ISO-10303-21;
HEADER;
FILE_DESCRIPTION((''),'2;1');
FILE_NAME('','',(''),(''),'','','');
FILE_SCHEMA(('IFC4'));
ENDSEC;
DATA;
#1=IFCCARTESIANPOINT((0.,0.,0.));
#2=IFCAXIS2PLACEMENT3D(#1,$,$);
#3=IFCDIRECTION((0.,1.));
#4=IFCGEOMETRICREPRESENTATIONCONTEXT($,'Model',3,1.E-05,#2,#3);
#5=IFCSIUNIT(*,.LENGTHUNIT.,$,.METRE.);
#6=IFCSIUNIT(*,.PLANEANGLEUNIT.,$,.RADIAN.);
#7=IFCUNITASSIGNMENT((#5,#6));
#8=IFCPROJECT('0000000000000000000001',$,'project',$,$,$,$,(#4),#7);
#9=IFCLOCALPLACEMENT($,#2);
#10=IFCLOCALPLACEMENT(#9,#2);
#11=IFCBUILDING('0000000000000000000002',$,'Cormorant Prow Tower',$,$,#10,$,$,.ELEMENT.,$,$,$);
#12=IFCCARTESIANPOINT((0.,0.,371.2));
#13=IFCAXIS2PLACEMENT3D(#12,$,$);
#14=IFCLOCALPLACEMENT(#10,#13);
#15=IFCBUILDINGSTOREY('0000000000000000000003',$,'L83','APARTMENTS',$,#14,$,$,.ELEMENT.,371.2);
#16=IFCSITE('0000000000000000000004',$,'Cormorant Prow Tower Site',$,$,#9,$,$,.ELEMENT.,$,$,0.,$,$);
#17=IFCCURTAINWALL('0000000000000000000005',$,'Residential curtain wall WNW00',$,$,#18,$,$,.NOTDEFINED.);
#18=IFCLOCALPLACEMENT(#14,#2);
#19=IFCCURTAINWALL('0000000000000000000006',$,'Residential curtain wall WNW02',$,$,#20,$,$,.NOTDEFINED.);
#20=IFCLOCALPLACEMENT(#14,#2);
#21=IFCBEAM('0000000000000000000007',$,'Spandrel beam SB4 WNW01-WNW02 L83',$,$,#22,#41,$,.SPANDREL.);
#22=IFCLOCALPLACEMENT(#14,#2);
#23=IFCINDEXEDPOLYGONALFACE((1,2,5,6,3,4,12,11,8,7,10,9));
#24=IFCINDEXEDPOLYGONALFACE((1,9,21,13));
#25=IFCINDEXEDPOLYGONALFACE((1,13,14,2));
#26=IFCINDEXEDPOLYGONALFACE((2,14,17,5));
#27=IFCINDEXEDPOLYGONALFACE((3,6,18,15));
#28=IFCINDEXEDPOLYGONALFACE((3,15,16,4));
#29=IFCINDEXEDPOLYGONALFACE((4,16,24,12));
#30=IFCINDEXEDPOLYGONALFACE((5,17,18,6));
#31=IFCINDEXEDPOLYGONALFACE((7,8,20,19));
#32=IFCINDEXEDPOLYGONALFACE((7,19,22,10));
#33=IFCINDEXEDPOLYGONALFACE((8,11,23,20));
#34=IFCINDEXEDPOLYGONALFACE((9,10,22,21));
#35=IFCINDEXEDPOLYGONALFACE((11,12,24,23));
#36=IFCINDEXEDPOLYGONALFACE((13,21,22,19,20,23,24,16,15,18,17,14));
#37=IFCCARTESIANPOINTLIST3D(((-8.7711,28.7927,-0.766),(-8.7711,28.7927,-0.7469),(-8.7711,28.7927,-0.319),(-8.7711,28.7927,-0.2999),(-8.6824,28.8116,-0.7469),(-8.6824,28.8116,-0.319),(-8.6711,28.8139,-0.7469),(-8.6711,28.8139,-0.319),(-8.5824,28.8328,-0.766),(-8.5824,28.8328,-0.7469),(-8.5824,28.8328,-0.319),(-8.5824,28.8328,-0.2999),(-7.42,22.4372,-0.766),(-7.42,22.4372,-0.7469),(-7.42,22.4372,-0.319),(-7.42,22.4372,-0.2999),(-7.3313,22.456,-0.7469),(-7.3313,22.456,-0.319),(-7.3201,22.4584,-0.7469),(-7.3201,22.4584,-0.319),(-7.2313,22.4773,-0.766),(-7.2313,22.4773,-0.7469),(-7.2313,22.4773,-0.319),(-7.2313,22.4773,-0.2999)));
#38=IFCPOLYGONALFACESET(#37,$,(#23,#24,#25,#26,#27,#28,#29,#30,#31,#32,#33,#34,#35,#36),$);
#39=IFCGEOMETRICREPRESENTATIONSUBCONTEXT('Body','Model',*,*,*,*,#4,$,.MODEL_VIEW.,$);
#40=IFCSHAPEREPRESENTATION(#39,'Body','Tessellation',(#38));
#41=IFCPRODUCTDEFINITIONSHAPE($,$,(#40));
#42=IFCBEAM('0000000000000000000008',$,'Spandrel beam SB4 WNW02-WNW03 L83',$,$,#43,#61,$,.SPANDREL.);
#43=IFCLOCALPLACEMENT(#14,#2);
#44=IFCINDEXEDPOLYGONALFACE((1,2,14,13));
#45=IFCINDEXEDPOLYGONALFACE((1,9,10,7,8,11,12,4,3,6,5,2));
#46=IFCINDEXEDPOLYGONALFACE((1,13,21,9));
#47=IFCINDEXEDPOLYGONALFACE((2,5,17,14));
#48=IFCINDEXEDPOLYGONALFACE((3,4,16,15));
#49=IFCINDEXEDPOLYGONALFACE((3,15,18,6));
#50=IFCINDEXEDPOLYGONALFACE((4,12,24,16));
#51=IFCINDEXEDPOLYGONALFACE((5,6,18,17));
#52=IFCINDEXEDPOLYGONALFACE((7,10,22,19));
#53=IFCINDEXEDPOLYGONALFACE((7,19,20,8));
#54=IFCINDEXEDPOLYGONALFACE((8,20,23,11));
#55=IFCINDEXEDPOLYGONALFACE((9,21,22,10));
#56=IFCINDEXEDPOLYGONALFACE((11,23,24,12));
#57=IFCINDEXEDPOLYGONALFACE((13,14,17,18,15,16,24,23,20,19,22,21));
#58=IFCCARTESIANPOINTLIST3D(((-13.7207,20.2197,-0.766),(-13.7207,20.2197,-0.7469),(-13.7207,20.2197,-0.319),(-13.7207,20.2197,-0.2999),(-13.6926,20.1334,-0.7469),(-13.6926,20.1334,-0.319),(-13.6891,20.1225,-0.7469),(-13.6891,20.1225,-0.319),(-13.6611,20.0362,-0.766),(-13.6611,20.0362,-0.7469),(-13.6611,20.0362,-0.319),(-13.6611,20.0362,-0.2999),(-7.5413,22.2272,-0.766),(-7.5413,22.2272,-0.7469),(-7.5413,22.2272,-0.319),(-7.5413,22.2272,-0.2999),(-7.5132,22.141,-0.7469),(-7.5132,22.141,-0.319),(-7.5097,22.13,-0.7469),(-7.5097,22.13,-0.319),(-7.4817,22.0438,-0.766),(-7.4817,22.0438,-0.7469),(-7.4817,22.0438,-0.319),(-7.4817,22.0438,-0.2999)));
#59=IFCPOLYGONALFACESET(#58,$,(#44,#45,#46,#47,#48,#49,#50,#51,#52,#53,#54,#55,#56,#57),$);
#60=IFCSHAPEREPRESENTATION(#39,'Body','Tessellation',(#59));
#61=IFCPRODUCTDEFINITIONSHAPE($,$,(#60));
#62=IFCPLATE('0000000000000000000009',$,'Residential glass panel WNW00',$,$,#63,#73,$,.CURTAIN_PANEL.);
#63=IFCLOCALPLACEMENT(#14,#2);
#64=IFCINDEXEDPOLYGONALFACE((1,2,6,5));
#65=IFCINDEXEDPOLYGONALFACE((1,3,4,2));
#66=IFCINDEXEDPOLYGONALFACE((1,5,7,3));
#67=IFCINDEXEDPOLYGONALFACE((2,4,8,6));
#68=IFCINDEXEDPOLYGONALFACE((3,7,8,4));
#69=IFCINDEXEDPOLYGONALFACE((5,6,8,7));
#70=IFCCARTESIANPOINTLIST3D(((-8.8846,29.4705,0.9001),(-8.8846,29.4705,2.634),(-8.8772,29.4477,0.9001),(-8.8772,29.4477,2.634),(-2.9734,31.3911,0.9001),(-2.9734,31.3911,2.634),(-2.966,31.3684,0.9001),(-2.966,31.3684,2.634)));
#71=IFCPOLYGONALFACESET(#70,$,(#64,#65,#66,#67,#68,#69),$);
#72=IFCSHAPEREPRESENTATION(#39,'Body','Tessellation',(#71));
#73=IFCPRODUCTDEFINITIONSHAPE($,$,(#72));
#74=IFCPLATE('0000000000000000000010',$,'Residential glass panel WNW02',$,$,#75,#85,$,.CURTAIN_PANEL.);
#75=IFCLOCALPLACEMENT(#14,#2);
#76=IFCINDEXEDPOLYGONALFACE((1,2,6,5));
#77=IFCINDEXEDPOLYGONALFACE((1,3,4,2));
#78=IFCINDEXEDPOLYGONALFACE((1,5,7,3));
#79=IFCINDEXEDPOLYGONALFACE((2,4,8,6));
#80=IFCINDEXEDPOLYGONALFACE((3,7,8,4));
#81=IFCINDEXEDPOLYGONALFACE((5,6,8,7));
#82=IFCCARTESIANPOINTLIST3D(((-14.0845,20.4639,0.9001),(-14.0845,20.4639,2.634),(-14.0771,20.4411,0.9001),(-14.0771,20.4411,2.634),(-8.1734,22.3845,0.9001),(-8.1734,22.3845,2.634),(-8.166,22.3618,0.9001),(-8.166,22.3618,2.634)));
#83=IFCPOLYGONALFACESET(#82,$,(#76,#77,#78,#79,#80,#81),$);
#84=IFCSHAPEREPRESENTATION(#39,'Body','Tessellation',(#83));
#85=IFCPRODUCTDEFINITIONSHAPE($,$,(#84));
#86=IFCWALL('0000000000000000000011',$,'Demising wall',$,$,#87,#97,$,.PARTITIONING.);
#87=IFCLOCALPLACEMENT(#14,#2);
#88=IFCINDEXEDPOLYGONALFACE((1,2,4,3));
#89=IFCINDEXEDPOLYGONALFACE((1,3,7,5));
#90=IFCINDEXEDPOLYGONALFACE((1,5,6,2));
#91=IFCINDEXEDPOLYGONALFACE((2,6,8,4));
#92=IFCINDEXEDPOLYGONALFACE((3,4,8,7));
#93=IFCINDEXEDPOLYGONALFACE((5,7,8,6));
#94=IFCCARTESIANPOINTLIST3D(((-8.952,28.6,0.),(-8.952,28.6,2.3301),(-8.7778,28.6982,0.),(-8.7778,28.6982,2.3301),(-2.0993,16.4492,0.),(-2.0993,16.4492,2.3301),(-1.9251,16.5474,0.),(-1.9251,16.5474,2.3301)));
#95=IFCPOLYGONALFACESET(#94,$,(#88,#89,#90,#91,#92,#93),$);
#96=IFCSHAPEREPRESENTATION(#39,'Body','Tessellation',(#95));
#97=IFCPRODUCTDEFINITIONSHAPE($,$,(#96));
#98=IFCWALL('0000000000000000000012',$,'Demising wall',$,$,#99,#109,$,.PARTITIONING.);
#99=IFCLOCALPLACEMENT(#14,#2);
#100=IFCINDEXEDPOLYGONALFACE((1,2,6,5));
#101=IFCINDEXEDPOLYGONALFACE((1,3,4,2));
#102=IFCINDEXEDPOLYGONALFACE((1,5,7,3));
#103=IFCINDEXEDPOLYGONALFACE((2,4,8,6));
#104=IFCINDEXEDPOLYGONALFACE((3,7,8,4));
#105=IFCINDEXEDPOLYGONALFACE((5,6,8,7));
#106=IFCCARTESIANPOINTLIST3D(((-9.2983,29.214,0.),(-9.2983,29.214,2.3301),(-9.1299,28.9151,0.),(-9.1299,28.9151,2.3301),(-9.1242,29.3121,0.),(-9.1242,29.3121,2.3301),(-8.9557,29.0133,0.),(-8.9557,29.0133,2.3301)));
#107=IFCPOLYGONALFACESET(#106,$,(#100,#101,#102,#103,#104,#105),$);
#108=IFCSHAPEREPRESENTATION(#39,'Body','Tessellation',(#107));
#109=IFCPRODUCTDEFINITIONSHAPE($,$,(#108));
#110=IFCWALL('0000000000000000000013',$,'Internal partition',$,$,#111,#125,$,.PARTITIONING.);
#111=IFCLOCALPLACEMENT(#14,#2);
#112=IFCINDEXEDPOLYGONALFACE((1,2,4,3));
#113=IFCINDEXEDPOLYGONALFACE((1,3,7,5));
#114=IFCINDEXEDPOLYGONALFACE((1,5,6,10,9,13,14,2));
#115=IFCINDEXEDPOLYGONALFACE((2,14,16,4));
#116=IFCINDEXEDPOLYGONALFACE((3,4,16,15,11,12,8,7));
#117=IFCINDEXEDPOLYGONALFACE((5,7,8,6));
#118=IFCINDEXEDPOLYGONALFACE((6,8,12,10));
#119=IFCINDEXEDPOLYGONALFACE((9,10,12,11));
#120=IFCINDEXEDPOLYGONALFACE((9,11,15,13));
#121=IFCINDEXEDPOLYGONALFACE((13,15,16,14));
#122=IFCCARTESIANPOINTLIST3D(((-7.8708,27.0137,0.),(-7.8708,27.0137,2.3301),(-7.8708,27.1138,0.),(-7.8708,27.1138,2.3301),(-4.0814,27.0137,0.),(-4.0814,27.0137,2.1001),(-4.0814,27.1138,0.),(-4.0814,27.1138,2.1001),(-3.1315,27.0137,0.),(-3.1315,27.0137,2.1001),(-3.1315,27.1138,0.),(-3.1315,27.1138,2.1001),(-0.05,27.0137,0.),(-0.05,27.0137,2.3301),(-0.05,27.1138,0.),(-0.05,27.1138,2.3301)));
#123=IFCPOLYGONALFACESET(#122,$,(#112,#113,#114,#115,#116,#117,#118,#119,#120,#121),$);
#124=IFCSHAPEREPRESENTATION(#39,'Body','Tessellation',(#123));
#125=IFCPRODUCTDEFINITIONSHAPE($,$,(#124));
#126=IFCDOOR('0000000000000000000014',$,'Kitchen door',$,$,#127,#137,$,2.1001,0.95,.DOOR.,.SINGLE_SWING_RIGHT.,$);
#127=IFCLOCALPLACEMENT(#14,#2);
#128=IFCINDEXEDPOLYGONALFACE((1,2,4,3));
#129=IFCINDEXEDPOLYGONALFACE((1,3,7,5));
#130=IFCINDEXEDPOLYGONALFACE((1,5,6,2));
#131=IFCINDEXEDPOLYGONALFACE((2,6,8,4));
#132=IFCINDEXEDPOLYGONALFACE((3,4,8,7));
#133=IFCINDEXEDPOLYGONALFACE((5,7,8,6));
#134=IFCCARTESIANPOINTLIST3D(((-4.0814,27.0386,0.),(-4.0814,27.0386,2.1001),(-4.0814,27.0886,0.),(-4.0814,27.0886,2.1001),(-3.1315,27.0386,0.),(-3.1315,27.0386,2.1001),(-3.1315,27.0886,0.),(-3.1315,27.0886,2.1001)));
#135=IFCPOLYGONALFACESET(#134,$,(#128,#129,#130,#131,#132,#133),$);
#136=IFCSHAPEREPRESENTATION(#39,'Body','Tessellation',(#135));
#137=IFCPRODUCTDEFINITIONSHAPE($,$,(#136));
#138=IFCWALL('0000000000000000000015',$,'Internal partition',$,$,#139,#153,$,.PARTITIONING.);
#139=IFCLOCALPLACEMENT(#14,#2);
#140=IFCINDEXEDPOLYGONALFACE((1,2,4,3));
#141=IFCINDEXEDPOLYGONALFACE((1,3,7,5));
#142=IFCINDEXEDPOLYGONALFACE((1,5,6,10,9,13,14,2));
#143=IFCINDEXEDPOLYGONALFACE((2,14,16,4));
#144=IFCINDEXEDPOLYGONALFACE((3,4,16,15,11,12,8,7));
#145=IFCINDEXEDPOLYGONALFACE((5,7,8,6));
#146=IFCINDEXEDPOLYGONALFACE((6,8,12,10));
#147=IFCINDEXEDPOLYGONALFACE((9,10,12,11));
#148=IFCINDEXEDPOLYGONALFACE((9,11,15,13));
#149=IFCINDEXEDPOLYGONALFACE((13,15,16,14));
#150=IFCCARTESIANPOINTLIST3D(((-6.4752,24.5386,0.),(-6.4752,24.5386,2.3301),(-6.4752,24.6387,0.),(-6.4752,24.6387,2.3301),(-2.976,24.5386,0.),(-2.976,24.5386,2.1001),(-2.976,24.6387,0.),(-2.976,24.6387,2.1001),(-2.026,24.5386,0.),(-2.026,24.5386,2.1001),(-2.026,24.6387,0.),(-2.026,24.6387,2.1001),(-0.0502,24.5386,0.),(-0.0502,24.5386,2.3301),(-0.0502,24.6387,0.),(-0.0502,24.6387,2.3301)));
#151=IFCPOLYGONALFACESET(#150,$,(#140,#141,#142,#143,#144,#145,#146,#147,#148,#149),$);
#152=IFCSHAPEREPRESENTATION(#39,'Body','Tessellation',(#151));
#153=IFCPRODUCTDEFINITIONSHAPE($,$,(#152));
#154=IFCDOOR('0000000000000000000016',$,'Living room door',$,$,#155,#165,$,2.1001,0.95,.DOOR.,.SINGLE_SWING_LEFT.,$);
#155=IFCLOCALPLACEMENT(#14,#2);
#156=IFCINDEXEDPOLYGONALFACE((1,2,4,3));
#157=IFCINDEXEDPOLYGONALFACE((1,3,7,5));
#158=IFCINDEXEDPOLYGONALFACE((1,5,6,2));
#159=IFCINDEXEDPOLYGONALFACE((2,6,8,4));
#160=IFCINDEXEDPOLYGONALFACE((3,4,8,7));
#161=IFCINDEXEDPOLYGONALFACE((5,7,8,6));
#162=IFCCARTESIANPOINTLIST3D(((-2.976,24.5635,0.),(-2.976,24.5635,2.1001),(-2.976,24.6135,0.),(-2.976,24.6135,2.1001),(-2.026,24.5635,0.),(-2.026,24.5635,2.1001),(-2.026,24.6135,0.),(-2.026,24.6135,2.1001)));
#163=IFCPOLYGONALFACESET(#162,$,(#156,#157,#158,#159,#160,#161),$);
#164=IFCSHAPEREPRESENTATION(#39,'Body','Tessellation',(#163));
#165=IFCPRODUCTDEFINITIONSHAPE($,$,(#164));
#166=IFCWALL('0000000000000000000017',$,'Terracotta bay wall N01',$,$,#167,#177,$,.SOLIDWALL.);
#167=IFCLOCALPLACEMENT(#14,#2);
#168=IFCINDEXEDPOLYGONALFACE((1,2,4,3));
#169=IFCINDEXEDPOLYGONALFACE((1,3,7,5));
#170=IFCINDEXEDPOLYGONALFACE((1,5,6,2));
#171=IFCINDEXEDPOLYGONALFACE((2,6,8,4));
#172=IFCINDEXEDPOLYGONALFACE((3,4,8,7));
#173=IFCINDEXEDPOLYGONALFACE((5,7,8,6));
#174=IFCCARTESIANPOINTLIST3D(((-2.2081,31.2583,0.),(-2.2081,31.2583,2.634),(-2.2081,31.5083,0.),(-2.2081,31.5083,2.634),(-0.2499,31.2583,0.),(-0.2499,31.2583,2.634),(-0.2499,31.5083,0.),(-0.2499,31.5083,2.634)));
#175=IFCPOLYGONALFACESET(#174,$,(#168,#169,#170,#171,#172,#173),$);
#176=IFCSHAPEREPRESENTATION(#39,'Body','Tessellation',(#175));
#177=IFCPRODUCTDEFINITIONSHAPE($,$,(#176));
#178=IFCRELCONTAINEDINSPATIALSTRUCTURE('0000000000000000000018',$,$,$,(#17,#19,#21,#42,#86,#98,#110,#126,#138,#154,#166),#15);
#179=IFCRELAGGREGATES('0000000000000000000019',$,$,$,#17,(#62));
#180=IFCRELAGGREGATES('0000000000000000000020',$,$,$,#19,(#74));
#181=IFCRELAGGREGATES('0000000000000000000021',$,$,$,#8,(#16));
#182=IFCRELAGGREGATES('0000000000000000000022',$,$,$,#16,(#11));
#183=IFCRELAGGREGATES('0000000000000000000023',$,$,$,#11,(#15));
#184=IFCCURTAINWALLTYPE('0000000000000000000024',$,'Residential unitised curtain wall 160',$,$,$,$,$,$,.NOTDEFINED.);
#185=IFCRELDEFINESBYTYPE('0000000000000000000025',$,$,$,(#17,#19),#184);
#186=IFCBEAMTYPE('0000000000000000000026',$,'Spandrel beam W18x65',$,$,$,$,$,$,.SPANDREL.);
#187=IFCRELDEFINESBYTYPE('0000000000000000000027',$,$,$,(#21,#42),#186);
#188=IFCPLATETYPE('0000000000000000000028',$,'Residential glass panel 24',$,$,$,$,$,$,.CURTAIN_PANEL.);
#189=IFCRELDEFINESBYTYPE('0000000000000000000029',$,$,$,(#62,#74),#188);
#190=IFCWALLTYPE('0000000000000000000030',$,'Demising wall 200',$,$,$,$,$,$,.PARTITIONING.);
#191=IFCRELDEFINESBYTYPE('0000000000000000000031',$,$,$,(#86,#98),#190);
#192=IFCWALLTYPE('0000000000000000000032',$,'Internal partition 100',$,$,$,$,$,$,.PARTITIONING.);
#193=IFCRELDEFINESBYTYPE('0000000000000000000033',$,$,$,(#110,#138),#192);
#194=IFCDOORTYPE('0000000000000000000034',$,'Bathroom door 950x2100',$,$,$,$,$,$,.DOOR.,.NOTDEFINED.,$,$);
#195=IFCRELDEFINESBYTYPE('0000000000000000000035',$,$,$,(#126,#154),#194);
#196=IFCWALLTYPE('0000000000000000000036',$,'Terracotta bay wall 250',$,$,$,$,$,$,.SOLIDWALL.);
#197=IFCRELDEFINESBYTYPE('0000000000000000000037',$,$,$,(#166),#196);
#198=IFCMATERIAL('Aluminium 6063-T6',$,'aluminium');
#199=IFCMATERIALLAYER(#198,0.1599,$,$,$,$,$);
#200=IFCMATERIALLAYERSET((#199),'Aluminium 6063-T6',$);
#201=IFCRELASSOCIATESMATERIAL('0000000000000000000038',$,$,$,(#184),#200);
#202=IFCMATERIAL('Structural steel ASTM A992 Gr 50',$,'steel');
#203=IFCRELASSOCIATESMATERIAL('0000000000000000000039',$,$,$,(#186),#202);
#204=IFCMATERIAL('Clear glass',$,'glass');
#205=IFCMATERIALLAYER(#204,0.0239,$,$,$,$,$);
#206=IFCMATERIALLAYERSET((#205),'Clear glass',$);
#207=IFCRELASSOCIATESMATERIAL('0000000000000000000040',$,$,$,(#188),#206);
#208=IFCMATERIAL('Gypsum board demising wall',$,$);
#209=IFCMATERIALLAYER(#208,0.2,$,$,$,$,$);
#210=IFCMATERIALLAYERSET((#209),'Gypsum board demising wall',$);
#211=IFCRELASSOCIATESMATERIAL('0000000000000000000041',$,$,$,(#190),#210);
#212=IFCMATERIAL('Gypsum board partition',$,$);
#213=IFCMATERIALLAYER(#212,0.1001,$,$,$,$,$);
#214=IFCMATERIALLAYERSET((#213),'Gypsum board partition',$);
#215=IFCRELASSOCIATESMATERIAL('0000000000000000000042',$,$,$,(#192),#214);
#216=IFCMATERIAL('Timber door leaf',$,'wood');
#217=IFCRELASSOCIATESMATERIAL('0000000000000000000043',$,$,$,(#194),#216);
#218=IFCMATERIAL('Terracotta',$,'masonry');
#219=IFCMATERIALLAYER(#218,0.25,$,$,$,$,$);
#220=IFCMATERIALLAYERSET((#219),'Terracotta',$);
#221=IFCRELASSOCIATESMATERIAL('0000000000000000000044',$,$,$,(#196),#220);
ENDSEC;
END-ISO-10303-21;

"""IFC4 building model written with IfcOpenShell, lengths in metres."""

from ifc_helpers import new_model, si_unit, direction, frame, frame_2d, origin, origin_2d, place, context, subcontext, project, spatial, rectangle, i_section, extrude, material, layer, layer_set, material_profile, profile_set, type_object, element, fill, aggregate, save


model = new_model("IFC4")

# Units and contexts
model_context = context("Model", 3, precision=1e-05, world=origin(), true_north=direction((0.0, 1.0)))
body_context = subcontext(model_context, "Body", "Model", "MODEL_VIEW")
ifc_project = project(units=[si_unit("LENGTHUNIT", "METRE"), si_unit("PLANEANGLEUNIT", "RADIAN")], contexts=[model_context])

# Site, building, storey
site_placement = place(None, origin())
site = spatial("IfcSite", under=ifc_project, at=site_placement, Name="Cormorant Prow Tower Site", CompositionType="ELEMENT", RefElevation=0.0)
building_placement = place(site_placement, origin())
building = spatial("IfcBuilding", under=site, at=building_placement, Name="Cormorant Prow Tower", CompositionType="ELEMENT")
storey_placement = place(building_placement, frame((0.0, 0.0, 371.2)))
storey = spatial("IfcBuildingStorey", under=building, at=storey_placement, Name="L83", Description="APARTMENTS", CompositionType="ELEMENT", Elevation=371.2)

# Curtain walls
ifc_material_1 = material(Name="Aluminium 6063-T6", Category="aluminium")
ifc_layer_1 = layer(ifc_material_1, 0.1599)
ifc_layer_set_1 = layer_set([ifc_layer_1], Name="Aluminium 6063-T6")
curtain_wall_type = type_object("IfcCurtainWallType", Name="Residential unitised curtain wall 160", PredefinedType="NOTDEFINED", material=ifc_layer_set_1)
curtain_wall_1_placement = place(storey_placement, origin())
curtain_wall_1 = element("IfcCurtainWall", 1, at=curtain_wall_1_placement, inside=storey, type_object=curtain_wall_type, Name="Residential curtain wall WNW00", PredefinedType="NOTDEFINED")
curtain_wall_2_placement = place(storey_placement, origin())
curtain_wall_2 = element("IfcCurtainWall", 2, at=curtain_wall_2_placement, inside=storey, type_object=curtain_wall_type, Name="Residential curtain wall WNW02", PredefinedType="NOTDEFINED")

# Beams
ifc_material_2 = material(Name="Structural steel ASTM A992 Gr 50", Category="steel")
ifc_material_profile_1 = material_profile(ifc_material_2, i_section(OverallWidth=0.1929, OverallDepth=0.4661, WebThickness=0.0115, FlangeThickness=0.019, at=origin_2d()), Name="W18x65")
ifc_profile_set_1 = profile_set([ifc_material_profile_1], Name="Structural steel ASTM A992 Gr 50")
beam_type = type_object("IfcBeamType", Name="Spandrel beam W18x65", PredefinedType="SPANDREL", material=ifc_profile_set_1)
for number, where, z_axis, x_axis, name in (
    (3, (-8.6768, 28.8127, -0.533), (0.207938, -0.978142, 0.0), (0.978142, 0.207938, 0.0), "Spandrel beam SB4 WNW01-WNW02 L83"),
):
    element("IfcBeam", number, at=place(storey_placement, frame(where, z_axis=z_axis, x_axis=x_axis)), inside=storey, type_object=beam_type, Name=name, PredefinedType="SPANDREL", context=body_context, shape_type="SweptSolid", body=[
        extrude(i_section(OverallWidth=0.1929, OverallDepth=0.4661, WebThickness=0.0115, FlangeThickness=0.019, at=origin_2d()), origin(), (0.0, 0.0, 1.0), 6.4976),
    ])
beam_1_placement = place(storey_placement, frame((-7.5115, 22.1355, -0.533), z_axis=(-0.951068, -0.308982, 0.0), x_axis=(0.308982, -0.951068, 0.0)))
element("IfcBeam", 4, at=beam_1_placement, inside=storey, type_object=beam_type, Name="Spandrel beam SB4 WNW02-WNW03 L83", PredefinedType="SPANDREL", context=body_context, shape_type="SweptSolid", body=[
    extrude(i_section(OverallWidth=0.1929, OverallDepth=0.4661, WebThickness=0.0115, FlangeThickness=0.019, at=origin_2d()), origin(), (0.0, 0.0, 1.0), 6.4973),
])

# Plates
ifc_material_3 = material(Name="Clear glass", Category="glass")
ifc_layer_2 = layer(ifc_material_3, 0.0239)
ifc_layer_set_2 = layer_set([ifc_layer_2], Name="Clear glass")
plate_type = type_object("IfcPlateType", Name="Residential glass panel 24", PredefinedType="CURTAIN_PANEL", material=ifc_layer_set_2)
plate_1_placement = place(storey_placement, frame((-5.9253, 30.4194, 0.9001), z_axis=(0.0, 0.0, 1.0), x_axis=(-0.951057, -0.309017, 0.0)))
plate_1 = element("IfcPlate", 5, at=plate_1_placement, type_object=plate_type, Name="Residential glass panel WNW00", PredefinedType="CURTAIN_PANEL", context=body_context, shape_type="SweptSolid", body=[
    extrude(rectangle(XDim=6.2153, YDim=0.0239, at=origin_2d()), origin(), (0.0, 0.0, 1.0), 1.7339),
])
aggregate(curtain_wall_1, [plate_1])
plate_2_placement = place(storey_placement, frame((-11.1252, 21.4128, 0.9001), z_axis=(0.0, 0.0, 1.0), x_axis=(-0.951056, -0.309017, 0.0)))
plate_2 = element("IfcPlate", 6, at=plate_2_placement, type_object=plate_type, Name="Residential glass panel WNW02", PredefinedType="CURTAIN_PANEL", context=body_context, shape_type="SweptSolid", body=[
    extrude(rectangle(XDim=6.2153, YDim=0.0239, at=origin_2d()), origin(), (0.0, 0.0, 1.0), 1.7339),
])
aggregate(curtain_wall_2, [plate_2])

# Walls
ifc_material_4 = material(Name="Gypsum board demising wall")
ifc_layer_3 = layer(ifc_material_4, 0.2)
ifc_layer_set_3 = layer_set([ifc_layer_3], Name="Gypsum board demising wall")
wall_type_1 = type_object("IfcWallType", Name="Demising wall 200", PredefinedType="PARTITIONING", material=ifc_layer_set_3)
wall_1_placement = place(storey_placement, frame((-8.865, 28.6492, 0.0), z_axis=(0.0, 0.0, 1.0), x_axis=(0.491236, -0.871026, 0.0)))
element("IfcWall", 7, at=wall_1_placement, inside=storey, type_object=wall_type_1, Name="Demising wall", PredefinedType="PARTITIONING", context=body_context, shape_type="SweptSolid", body=[
    extrude(rectangle(XDim=13.95, YDim=0.2, at=frame_2d((6.9751, 0.0))), origin(), (0.0, 0.0, 1.0), 2.3301),
])
wall_2_placement = place(storey_placement, frame((-9.2112, 29.2629, 0.0), z_axis=(0.0, 0.0, 1.0), x_axis=(0.491072, -0.871119, 0.0)))
element("IfcWall", 8, at=wall_2_placement, inside=storey, type_object=wall_type_1, Name="Demising wall", PredefinedType="PARTITIONING", context=body_context, shape_type="SweptSolid", body=[
    extrude(rectangle(XDim=0.343, YDim=0.2, at=frame_2d((0.1714, 0.0))), origin(), (0.0, 0.0, 1.0), 2.3301),
])

# Walls, openings, doors
ifc_material_5 = material(Name="Gypsum board partition")
ifc_layer_4 = layer(ifc_material_5, 0.1001)
ifc_layer_set_4 = layer_set([ifc_layer_4], Name="Gypsum board partition")
wall_type_2 = type_object("IfcWallType", Name="Internal partition 100", PredefinedType="PARTITIONING", material=ifc_layer_set_4)
wall_3_placement = place(storey_placement, frame((-7.8708, 27.0637, 0.0), z_axis=(0.0, 0.0, 1.0), x_axis=(1.0, 0.0, 0.0)))
wall_3 = element("IfcWall", 9, at=wall_3_placement, inside=storey, type_object=wall_type_2, Name="Internal partition", PredefinedType="PARTITIONING", context=body_context, shape_type="SweptSolid", body=[
    extrude(rectangle(XDim=7.8208, YDim=0.1001, at=frame_2d((3.9104, 0.0))), origin(), (0.0, 0.0, 1.0), 2.3301),
])
opening_1_placement = place(wall_3_placement, frame((3.7893, 0.0, 0.0)))
opening_1 = element("IfcOpeningElement", 10, at=opening_1_placement, cuts=wall_3, PredefinedType="OPENING", context=body_context, shape_type="SweptSolid", body=[
    extrude(rectangle(XDim=0.95, YDim=2.1001, at=frame_2d((0.4751, 1.05))), frame((0.0, 0.0601, 0.0), z_axis=(0.0, -1.0, 0.0), x_axis=(1.0, 0.0, 0.0)), (0.0, 0.0, 1.0), 0.1201),
])
ifc_material_6 = material(Name="Timber door leaf", Category="wood")
door_type_1 = type_object("IfcDoorType", Name="Bathroom door 950x2100", OperationType="NOTDEFINED", PredefinedType="DOOR", material=ifc_material_6)
door_1_placement = place(opening_1_placement, origin())
door_1 = element("IfcDoor", 11, at=door_1_placement, inside=storey, type_object=door_type_1, Name="Kitchen door", OperationType="SINGLE_SWING_RIGHT", OverallHeight=2.1001, OverallWidth=0.95, PredefinedType="DOOR", context=body_context, shape_type="SweptSolid", body=[
    extrude(rectangle(XDim=0.95, YDim=2.1001, at=frame_2d((0.4751, 1.05))), frame((0.0, 0.0249, 0.0), z_axis=(0.0, -1.0, 0.0), x_axis=(1.0, 0.0, 0.0)), (0.0, 0.0, 1.0), 0.05),
])
fill(opening_1, door_1)
wall_4_placement = place(storey_placement, frame((-6.4751, 24.5886, 0.0), z_axis=(0.0, 0.0, 1.0), x_axis=(1.0, 0.0, 0.0)))
wall_4 = element("IfcWall", 12, at=wall_4_placement, inside=storey, type_object=wall_type_2, Name="Internal partition", PredefinedType="PARTITIONING", context=body_context, shape_type="SweptSolid", body=[
    extrude(rectangle(XDim=6.425, YDim=0.1001, at=frame_2d((3.2124, 0.0))), origin(), (0.0, 0.0, 1.0), 2.3301),
])
opening_2_placement = place(wall_4_placement, frame((3.499, 0.0, 0.0)))
opening_2 = element("IfcOpeningElement", 13, at=opening_2_placement, cuts=wall_4, PredefinedType="OPENING", context=body_context, shape_type="SweptSolid", body=[
    extrude(rectangle(XDim=0.95, YDim=2.1001, at=frame_2d((0.4751, 1.05))), frame((0.0, 0.0601, 0.0), z_axis=(0.0, -1.0, 0.0), x_axis=(1.0, 0.0, 0.0)), (0.0, 0.0, 1.0), 0.1201),
])
door_2_placement = place(opening_2_placement, origin())
door_2 = element("IfcDoor", 14, at=door_2_placement, inside=storey, type_object=door_type_1, Name="Living room door", OperationType="SINGLE_SWING_LEFT", OverallHeight=2.1001, OverallWidth=0.95, PredefinedType="DOOR", context=body_context, shape_type="SweptSolid", body=[
    extrude(rectangle(XDim=0.95, YDim=2.1001, at=frame_2d((0.4751, 1.05))), frame((0.0, 0.0249, 0.0), z_axis=(0.0, -1.0, 0.0), x_axis=(1.0, 0.0, 0.0)), (0.0, 0.0, 1.0), 0.05),
])
fill(opening_2, door_2)

# Wall
ifc_material_7 = material(Name="Terracotta", Category="masonry")
ifc_layer_5 = layer(ifc_material_7, 0.25)
ifc_layer_set_5 = layer_set([ifc_layer_5], Name="Terracotta")
wall_type_3 = type_object("IfcWallType", Name="Terracotta bay wall 250", PredefinedType="SOLIDWALL", material=ifc_layer_set_5)
wall_5_placement = place(storey_placement, frame((-0.25, 31.3833, 0.0), z_axis=(0.0, 0.0, 1.0), x_axis=(-1.0, 0.0, 0.0)))
element("IfcWall", 15, at=wall_5_placement, inside=storey, type_object=wall_type_3, Name="Terracotta bay wall N01", PredefinedType="SOLIDWALL", context=body_context, shape_type="SweptSolid", body=[
    extrude(rectangle(XDim=1.9583, YDim=0.25, at=frame_2d((0.979, 0.0))), origin(), (0.0, 0.0, 1.0), 2.634),
])

save(model, "model.ifc")
